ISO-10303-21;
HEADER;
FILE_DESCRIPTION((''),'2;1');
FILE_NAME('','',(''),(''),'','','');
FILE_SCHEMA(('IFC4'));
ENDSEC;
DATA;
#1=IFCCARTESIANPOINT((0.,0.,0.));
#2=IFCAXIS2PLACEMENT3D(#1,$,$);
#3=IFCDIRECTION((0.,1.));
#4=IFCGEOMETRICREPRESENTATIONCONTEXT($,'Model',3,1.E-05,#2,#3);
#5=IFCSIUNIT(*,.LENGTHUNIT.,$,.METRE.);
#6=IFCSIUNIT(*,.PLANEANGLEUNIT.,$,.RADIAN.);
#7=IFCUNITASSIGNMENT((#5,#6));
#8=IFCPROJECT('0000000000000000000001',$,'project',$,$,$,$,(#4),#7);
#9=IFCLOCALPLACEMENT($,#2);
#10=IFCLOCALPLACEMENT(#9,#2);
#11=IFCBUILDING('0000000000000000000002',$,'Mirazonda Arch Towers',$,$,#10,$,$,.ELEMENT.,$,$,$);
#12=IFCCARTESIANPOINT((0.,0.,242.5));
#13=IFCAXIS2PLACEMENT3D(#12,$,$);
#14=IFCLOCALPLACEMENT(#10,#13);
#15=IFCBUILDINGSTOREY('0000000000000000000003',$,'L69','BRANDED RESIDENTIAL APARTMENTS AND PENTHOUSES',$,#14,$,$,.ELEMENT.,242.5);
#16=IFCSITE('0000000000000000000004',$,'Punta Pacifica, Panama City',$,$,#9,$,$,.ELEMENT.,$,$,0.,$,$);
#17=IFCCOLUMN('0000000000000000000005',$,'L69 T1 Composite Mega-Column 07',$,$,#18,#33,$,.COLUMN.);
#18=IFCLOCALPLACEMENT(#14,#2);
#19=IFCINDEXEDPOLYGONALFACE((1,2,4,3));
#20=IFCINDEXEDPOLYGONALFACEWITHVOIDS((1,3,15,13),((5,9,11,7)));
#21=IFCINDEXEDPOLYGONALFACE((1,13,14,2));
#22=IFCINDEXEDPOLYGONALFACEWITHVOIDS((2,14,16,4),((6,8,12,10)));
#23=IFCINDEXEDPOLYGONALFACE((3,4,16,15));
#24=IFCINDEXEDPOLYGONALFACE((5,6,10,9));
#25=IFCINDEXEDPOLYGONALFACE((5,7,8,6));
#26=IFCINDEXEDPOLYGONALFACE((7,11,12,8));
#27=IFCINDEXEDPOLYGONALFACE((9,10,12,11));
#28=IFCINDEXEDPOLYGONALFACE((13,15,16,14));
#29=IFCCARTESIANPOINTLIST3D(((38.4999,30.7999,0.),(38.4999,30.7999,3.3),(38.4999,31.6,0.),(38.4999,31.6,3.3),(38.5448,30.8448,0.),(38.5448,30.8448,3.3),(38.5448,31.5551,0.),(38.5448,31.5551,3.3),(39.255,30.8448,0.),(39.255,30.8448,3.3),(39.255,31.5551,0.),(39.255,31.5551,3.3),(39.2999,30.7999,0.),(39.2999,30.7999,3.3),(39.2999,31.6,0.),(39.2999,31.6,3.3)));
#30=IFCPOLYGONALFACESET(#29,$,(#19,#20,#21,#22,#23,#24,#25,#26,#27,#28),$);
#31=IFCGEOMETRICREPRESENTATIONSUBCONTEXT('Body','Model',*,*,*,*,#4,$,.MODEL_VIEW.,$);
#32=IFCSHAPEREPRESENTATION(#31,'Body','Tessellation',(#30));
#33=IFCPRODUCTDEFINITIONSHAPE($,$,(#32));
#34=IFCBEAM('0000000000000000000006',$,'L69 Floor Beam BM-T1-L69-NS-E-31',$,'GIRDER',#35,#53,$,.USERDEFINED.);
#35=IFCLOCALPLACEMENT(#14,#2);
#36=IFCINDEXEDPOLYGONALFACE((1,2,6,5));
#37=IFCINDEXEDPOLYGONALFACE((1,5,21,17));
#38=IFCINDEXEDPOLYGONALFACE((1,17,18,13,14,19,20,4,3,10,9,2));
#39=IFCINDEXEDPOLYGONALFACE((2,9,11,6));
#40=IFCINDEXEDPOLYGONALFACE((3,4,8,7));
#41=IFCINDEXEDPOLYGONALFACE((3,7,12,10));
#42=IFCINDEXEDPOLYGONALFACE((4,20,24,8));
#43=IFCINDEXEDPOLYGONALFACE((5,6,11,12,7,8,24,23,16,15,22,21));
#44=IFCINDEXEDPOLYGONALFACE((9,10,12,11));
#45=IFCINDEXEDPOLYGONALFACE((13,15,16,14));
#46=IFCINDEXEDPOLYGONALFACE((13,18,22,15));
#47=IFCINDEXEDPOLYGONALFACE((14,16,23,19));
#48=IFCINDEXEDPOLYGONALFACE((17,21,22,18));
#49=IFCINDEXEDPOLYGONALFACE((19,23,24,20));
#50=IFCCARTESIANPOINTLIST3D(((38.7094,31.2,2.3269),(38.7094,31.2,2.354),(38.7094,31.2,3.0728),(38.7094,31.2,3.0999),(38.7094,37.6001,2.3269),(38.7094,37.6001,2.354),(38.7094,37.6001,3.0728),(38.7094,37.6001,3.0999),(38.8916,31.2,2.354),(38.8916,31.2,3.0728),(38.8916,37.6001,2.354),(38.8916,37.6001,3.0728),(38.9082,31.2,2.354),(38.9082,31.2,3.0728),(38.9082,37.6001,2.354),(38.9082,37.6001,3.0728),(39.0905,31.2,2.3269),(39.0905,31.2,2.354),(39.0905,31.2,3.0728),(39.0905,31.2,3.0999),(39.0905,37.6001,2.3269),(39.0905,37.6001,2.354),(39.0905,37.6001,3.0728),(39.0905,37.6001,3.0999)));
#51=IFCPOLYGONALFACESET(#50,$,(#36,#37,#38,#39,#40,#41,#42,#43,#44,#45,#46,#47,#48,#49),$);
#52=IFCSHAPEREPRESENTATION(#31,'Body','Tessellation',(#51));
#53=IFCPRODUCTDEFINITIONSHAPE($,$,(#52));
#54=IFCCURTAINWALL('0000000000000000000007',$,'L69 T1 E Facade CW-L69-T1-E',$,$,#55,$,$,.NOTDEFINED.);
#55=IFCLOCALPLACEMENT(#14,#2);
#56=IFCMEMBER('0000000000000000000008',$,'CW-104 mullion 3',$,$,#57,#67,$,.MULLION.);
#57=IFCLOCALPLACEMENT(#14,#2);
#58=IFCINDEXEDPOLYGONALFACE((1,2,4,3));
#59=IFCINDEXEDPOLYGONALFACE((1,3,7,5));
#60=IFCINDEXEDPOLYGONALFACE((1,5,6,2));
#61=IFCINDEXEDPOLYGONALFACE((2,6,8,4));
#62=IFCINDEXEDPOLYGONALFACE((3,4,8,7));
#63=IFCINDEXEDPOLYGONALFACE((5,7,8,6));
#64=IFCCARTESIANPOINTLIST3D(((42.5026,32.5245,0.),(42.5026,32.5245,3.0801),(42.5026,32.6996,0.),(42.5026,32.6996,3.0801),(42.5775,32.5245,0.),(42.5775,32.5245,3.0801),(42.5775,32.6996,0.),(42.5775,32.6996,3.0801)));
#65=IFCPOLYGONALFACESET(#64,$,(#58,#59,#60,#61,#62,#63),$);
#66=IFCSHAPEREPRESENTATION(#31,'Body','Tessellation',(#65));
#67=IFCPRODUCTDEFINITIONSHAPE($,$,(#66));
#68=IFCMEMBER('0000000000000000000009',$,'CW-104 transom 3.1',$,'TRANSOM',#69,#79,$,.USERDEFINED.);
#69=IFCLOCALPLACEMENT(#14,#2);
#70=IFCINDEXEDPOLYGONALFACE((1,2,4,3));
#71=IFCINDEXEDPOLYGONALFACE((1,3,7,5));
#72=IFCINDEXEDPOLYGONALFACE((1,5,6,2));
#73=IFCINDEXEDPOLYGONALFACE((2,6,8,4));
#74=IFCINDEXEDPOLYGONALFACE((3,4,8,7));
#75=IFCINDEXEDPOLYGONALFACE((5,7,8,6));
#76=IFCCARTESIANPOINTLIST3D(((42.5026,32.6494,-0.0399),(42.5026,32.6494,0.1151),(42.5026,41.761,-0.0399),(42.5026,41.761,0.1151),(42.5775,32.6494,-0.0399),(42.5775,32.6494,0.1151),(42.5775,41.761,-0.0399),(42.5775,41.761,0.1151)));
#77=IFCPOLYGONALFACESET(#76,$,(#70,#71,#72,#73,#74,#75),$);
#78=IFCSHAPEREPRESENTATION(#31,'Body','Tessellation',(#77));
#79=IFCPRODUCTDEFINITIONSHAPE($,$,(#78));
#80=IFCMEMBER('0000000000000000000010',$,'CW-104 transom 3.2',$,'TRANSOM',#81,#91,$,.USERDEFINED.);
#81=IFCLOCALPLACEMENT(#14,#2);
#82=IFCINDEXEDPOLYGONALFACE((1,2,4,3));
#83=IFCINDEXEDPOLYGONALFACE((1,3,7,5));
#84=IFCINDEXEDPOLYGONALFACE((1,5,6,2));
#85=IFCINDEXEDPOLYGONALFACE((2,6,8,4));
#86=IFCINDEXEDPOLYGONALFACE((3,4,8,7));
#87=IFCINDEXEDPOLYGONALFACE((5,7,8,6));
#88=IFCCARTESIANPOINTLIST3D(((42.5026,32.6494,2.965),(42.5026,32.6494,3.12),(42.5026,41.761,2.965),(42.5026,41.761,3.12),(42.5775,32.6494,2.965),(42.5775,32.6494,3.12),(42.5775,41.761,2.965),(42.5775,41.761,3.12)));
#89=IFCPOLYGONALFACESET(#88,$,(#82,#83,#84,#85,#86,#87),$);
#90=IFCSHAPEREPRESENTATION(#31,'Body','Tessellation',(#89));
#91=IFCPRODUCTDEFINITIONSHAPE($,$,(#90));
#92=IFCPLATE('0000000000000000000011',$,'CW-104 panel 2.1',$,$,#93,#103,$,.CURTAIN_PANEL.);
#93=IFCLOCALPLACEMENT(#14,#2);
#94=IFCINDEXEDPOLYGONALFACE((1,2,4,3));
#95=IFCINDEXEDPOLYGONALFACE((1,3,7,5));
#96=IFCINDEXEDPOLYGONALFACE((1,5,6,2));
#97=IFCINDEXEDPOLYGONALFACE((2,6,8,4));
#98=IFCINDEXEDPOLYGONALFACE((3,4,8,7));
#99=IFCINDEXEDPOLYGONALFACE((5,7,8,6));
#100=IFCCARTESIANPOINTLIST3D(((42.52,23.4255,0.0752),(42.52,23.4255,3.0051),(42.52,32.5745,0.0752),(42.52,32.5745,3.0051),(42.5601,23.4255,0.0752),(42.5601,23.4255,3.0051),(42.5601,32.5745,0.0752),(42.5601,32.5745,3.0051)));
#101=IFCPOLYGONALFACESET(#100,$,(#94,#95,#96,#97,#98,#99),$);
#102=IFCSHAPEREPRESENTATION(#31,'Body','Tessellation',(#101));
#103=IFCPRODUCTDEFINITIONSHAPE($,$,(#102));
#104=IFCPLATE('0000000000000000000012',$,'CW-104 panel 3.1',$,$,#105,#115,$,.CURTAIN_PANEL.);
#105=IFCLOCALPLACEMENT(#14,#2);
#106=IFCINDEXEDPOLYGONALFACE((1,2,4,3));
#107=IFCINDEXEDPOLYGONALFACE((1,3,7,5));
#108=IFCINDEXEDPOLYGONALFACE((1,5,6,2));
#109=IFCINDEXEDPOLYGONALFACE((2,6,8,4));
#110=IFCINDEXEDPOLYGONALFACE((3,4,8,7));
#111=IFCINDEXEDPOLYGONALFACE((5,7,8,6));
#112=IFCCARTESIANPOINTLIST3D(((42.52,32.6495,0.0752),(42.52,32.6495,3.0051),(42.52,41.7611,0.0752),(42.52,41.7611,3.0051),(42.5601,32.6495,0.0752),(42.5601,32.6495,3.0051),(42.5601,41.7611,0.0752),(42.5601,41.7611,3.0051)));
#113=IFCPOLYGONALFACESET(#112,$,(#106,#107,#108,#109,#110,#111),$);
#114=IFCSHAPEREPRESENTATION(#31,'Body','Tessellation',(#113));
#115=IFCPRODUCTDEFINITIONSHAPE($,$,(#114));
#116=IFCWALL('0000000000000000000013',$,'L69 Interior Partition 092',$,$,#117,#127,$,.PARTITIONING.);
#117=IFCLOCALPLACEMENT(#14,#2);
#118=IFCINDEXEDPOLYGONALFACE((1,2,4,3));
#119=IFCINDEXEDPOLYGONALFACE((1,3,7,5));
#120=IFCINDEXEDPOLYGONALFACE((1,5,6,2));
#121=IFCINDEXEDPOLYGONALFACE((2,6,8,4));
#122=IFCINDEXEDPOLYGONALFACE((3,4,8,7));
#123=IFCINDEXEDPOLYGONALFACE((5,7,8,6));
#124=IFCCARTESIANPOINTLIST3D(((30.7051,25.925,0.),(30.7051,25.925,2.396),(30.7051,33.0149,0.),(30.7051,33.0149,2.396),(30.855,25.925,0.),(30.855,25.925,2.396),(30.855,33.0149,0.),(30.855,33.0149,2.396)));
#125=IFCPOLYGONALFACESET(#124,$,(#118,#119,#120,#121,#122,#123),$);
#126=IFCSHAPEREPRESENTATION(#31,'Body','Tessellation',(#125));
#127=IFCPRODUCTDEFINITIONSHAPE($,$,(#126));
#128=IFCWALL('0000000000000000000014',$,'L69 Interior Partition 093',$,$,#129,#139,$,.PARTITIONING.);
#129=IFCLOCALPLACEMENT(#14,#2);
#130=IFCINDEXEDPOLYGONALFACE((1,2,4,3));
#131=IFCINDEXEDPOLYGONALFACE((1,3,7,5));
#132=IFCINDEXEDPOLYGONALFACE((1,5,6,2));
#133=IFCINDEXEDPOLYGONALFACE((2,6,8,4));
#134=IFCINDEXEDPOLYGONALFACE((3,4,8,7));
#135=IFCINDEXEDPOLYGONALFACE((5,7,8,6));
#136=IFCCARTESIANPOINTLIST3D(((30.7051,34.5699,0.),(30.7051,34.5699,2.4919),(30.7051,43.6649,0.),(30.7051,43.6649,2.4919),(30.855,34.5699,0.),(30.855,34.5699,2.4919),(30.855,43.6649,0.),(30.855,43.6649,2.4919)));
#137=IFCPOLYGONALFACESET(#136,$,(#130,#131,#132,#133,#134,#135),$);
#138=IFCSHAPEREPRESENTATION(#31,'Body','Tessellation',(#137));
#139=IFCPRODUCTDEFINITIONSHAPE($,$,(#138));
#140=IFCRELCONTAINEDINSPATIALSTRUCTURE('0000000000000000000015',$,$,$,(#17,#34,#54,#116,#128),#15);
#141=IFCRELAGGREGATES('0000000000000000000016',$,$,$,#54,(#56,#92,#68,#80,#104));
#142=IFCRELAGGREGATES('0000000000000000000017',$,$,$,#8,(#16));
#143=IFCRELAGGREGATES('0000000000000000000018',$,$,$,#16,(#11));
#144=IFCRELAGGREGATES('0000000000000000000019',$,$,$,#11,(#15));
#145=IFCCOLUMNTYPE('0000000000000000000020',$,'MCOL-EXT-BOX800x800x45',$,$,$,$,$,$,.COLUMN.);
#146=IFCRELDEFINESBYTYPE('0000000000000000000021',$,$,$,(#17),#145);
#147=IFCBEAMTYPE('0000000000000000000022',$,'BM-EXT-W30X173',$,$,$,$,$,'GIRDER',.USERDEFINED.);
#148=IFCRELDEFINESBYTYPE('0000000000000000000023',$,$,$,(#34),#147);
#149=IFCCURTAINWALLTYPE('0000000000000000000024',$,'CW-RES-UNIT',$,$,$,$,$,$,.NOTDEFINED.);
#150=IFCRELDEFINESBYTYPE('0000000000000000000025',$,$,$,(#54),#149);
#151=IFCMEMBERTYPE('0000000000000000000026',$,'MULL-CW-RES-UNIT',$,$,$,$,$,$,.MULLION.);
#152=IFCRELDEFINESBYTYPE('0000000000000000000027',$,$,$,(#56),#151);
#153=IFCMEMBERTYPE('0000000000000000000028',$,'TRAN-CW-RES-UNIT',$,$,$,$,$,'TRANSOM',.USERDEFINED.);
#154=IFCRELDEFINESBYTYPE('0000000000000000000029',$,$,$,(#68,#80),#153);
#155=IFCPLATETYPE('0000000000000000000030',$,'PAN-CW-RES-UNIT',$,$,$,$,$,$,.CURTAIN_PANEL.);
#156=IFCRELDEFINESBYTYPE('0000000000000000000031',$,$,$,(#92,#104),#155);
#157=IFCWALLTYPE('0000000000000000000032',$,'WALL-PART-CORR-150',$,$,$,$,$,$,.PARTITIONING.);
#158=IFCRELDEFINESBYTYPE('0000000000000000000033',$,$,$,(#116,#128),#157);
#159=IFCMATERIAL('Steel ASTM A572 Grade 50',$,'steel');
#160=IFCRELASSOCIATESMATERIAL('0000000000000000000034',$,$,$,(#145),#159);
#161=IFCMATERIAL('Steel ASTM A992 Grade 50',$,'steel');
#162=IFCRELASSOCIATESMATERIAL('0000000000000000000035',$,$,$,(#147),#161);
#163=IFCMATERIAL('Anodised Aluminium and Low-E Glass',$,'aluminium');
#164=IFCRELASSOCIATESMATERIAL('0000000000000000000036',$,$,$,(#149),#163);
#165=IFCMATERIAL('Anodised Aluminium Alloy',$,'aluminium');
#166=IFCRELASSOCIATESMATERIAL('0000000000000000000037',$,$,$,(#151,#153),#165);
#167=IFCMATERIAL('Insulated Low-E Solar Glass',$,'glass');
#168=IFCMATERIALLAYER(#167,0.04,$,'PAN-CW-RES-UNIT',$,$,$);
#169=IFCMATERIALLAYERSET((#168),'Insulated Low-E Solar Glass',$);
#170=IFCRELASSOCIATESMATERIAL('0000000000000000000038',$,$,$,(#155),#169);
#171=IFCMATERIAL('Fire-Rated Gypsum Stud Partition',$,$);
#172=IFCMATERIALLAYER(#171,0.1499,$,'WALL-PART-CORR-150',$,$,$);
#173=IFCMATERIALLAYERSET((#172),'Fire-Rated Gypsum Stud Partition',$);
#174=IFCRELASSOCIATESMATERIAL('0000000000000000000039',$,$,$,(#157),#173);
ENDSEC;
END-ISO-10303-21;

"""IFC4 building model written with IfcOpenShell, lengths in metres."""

from ifc_helpers import new_model, si_unit, direction, frame, frame_2d, origin, origin_2d, place, context, subcontext, project, spatial, rectangle, hollow_rectangle, i_section, extrude, material, layer, layer_set, material_profile, profile_set, type_object, element, aggregate, save


model = new_model("IFC4")

# Units and contexts
model_context = context("Model", 3, precision=1e-05, world=origin(), true_north=direction((0.0, 1.0)))
body_context = subcontext(model_context, "Body", "Model", "MODEL_VIEW")
ifc_project = project(units=[si_unit("LENGTHUNIT", "METRE"), si_unit("PLANEANGLEUNIT", "RADIAN")], contexts=[model_context])

# Site, building, storey
site_placement = place(None, origin())
site = spatial("IfcSite", under=ifc_project, at=site_placement, Name="Punta Pacifica, Panama City", CompositionType="ELEMENT", RefElevation=0.0)
building_placement = place(site_placement, origin())
building = spatial("IfcBuilding", under=site, at=building_placement, Name="Mirazonda Arch Towers", CompositionType="ELEMENT")
storey_placement = place(building_placement, frame((0.0, 0.0, 242.5)))
storey = spatial("IfcBuildingStorey", under=building, at=storey_placement, Name="L69", Description="BRANDED RESIDENTIAL APARTMENTS AND PENTHOUSES", CompositionType="ELEMENT", Elevation=242.5)

# Column
ifc_material_1 = material(Name="Steel ASTM A572 Grade 50", Category="steel")
ifc_material_profile_1 = material_profile(ifc_material_1, hollow_rectangle(XDim=0.8, YDim=0.8, WallThickness=0.0449, at=origin_2d()), Name="BOX800x800x45")
ifc_profile_set_1 = profile_set([ifc_material_profile_1], Name="Steel ASTM A572 Grade 50")
column_type = type_object("IfcColumnType", Name="MCOL-EXT-BOX800x800x45", PredefinedType="COLUMN", material=ifc_profile_set_1)
column_placement = place(storey_placement, frame((38.8999, 31.2, 0.0), z_axis=(0.0, 0.0, 1.0), x_axis=(1.0, 0.0, 0.0)))
element("IfcColumn", 1, at=column_placement, inside=storey, type_object=column_type, Name="L69 T1 Composite Mega-Column 07", PredefinedType="COLUMN", context=body_context, shape_type="SweptSolid", body=[
    extrude(hollow_rectangle(XDim=0.8, YDim=0.8, WallThickness=0.0449, at=origin_2d()), origin(), (0.0, 0.0, 1.0), 3.3),
])

# Beam
ifc_material_2 = material(Name="Steel ASTM A992 Grade 50", Category="steel")
ifc_material_profile_2 = material_profile(ifc_material_2, i_section(OverallWidth=0.3811, OverallDepth=0.7729, WebThickness=0.0166, FlangeThickness=0.0271, at=origin_2d()), Name="W30X173")
ifc_profile_set_2 = profile_set([ifc_material_profile_2], Name="Steel ASTM A992 Grade 50")
beam_type = type_object("IfcBeamType", Name="BM-EXT-W30X173", ElementType="GIRDER", PredefinedType="USERDEFINED", material=ifc_profile_set_2)
beam_placement = place(storey_placement, frame((38.8999, 31.2, 2.7134), z_axis=(0.0, 1.0, 0.0), x_axis=(-1.0, 0.0, 0.0)))
element("IfcBeam", 2, at=beam_placement, inside=storey, type_object=beam_type, Name="L69 Floor Beam BM-T1-L69-NS-E-31", ObjectType="GIRDER", PredefinedType="USERDEFINED", context=body_context, shape_type="SweptSolid", body=[
    extrude(i_section(OverallWidth=0.3811, OverallDepth=0.7729, WebThickness=0.0166, FlangeThickness=0.0271, at=origin_2d()), origin(), (0.0, 0.0, 1.0), 6.4001),
])

# Curtain wall, members, plates
ifc_material_3 = material(Name="Anodised Aluminium and Low-E Glass", Category="aluminium")
curtain_wall_type = type_object("IfcCurtainWallType", Name="CW-RES-UNIT", PredefinedType="NOTDEFINED", material=ifc_material_3)
curtain_wall_placement = place(storey_placement, origin())
curtain_wall = element("IfcCurtainWall", 3, at=curtain_wall_placement, inside=storey, type_object=curtain_wall_type, Name="L69 T1 E Facade CW-L69-T1-E", PredefinedType="NOTDEFINED")
ifc_material_4 = material(Name="Anodised Aluminium Alloy", Category="aluminium")
ifc_material_profile_3 = material_profile(ifc_material_4, rectangle(XDim=0.075, YDim=0.175, at=origin_2d()), Name="ALU-MULL-75x175")
ifc_profile_set_3 = profile_set([ifc_material_profile_3], Name="Anodised Aluminium Alloy")
member_type_1 = type_object("IfcMemberType", Name="MULL-CW-RES-UNIT", PredefinedType="MULLION", material=ifc_profile_set_3)
member_1_placement = place(storey_placement, frame((42.54, 32.6121, 0.0), z_axis=(0.0, 0.0, 1.0), x_axis=(-1.0, 0.0, 0.0)))
member_1 = element("IfcMember", 4, at=member_1_placement, type_object=member_type_1, Name="CW-104 mullion 3", PredefinedType="MULLION", context=body_context, shape_type="SweptSolid", body=[
    extrude(rectangle(XDim=0.075, YDim=0.175, at=origin_2d()), origin(), (0.0, 0.0, 1.0), 3.0801),
])
ifc_material_profile_4 = material_profile(ifc_material_4, rectangle(XDim=0.075, YDim=0.155, at=origin_2d()), Name="ALU-TRAN-75x155")
ifc_profile_set_4 = profile_set([ifc_material_profile_4], Name="Anodised Aluminium Alloy")
member_type_2 = type_object("IfcMemberType", Name="TRAN-CW-RES-UNIT", ElementType="TRANSOM", PredefinedType="USERDEFINED", material=ifc_profile_set_4)
member_2_placement = place(storey_placement, frame((42.54, 32.6494, 0.0376), z_axis=(0.0, 1.0, 0.0), x_axis=(-1.0, 0.0, 0.0)))
member_2 = element("IfcMember", 5, at=member_2_placement, type_object=member_type_2, Name="CW-104 transom 3.1", ObjectType="TRANSOM", PredefinedType="USERDEFINED", context=body_context, shape_type="SweptSolid", body=[
    extrude(rectangle(XDim=0.075, YDim=0.155, at=origin_2d()), origin(), (0.0, 0.0, 1.0), 9.1116),
])
member_3_placement = place(storey_placement, frame((42.54, 32.6494, 3.0425), z_axis=(0.0, 1.0, 0.0), x_axis=(-1.0, 0.0, 0.0)))
member_3 = element("IfcMember", 6, at=member_3_placement, type_object=member_type_2, Name="CW-104 transom 3.2", ObjectType="TRANSOM", PredefinedType="USERDEFINED", context=body_context, shape_type="SweptSolid", body=[
    extrude(rectangle(XDim=0.075, YDim=0.155, at=origin_2d()), origin(), (0.0, 0.0, 1.0), 9.1116),
])
ifc_material_5 = material(Name="Insulated Low-E Solar Glass", Category="glass")
ifc_layer_1 = layer(ifc_material_5, 0.04, Name="PAN-CW-RES-UNIT")
ifc_layer_set_1 = layer_set([ifc_layer_1], Name="Insulated Low-E Solar Glass")
plate_type = type_object("IfcPlateType", Name="PAN-CW-RES-UNIT", PredefinedType="CURTAIN_PANEL", material=ifc_layer_set_1)
plate_1_placement = place(storey_placement, frame((42.54, 28.0, 0.0752), z_axis=(0.0, 0.0, 1.0), x_axis=(0.0, 1.0, 0.0)))
plate_1 = element("IfcPlate", 7, at=plate_1_placement, type_object=plate_type, Name="CW-104 panel 2.1", PredefinedType="CURTAIN_PANEL", context=body_context, shape_type="SweptSolid", body=[
    extrude(rectangle(XDim=9.1489, YDim=0.04, at=origin_2d()), origin(), (0.0, 0.0, 1.0), 2.9299),
])
plate_2_placement = place(storey_placement, frame((42.54, 37.2053, 0.0752), z_axis=(0.0, 0.0, 1.0), x_axis=(0.0, 1.0, 0.0)))
plate_2 = element("IfcPlate", 8, at=plate_2_placement, type_object=plate_type, Name="CW-104 panel 3.1", PredefinedType="CURTAIN_PANEL", context=body_context, shape_type="SweptSolid", body=[
    extrude(rectangle(XDim=9.1116, YDim=0.04, at=origin_2d()), origin(), (0.0, 0.0, 1.0), 2.9299),
])
aggregate(curtain_wall, [member_1, plate_1, member_2, member_3, plate_2])

# Walls
ifc_material_6 = material(Name="Fire-Rated Gypsum Stud Partition")
ifc_layer_2 = layer(ifc_material_6, 0.1499, Name="WALL-PART-CORR-150")
ifc_layer_set_2 = layer_set([ifc_layer_2], Name="Fire-Rated Gypsum Stud Partition")
wall_type_1 = type_object("IfcWallType", Name="WALL-PART-CORR-150", PredefinedType="PARTITIONING", material=ifc_layer_set_2)
wall_1_placement = place(storey_placement, frame((30.78, 25.925, 0.0), z_axis=(0.0, 0.0, 1.0), x_axis=(0.0, 1.0, 0.0)))
element("IfcWall", 9, at=wall_1_placement, inside=storey, type_object=wall_type_1, Name="L69 Interior Partition 092", PredefinedType="PARTITIONING", context=body_context, shape_type="SweptSolid", body=[
    extrude(rectangle(XDim=7.0898, YDim=0.1499, at=frame_2d((3.5449, 0.0))), origin(), (0.0, 0.0, 1.0), 2.396),
])
wall_2_placement = place(storey_placement, frame((30.78, 34.5701, 0.0), z_axis=(0.0, 0.0, 1.0), x_axis=(0.0, 1.0, 0.0)))
element("IfcWall", 10, at=wall_2_placement, inside=storey, type_object=wall_type_1, Name="L69 Interior Partition 093", PredefinedType="PARTITIONING", context=body_context, shape_type="SweptSolid", body=[
    extrude(rectangle(XDim=9.095, YDim=0.1499, at=frame_2d((4.5474, 0.0))), origin(), (0.0, 0.0, 1.0), 2.4919),
])

save(model, "model.ifc")
